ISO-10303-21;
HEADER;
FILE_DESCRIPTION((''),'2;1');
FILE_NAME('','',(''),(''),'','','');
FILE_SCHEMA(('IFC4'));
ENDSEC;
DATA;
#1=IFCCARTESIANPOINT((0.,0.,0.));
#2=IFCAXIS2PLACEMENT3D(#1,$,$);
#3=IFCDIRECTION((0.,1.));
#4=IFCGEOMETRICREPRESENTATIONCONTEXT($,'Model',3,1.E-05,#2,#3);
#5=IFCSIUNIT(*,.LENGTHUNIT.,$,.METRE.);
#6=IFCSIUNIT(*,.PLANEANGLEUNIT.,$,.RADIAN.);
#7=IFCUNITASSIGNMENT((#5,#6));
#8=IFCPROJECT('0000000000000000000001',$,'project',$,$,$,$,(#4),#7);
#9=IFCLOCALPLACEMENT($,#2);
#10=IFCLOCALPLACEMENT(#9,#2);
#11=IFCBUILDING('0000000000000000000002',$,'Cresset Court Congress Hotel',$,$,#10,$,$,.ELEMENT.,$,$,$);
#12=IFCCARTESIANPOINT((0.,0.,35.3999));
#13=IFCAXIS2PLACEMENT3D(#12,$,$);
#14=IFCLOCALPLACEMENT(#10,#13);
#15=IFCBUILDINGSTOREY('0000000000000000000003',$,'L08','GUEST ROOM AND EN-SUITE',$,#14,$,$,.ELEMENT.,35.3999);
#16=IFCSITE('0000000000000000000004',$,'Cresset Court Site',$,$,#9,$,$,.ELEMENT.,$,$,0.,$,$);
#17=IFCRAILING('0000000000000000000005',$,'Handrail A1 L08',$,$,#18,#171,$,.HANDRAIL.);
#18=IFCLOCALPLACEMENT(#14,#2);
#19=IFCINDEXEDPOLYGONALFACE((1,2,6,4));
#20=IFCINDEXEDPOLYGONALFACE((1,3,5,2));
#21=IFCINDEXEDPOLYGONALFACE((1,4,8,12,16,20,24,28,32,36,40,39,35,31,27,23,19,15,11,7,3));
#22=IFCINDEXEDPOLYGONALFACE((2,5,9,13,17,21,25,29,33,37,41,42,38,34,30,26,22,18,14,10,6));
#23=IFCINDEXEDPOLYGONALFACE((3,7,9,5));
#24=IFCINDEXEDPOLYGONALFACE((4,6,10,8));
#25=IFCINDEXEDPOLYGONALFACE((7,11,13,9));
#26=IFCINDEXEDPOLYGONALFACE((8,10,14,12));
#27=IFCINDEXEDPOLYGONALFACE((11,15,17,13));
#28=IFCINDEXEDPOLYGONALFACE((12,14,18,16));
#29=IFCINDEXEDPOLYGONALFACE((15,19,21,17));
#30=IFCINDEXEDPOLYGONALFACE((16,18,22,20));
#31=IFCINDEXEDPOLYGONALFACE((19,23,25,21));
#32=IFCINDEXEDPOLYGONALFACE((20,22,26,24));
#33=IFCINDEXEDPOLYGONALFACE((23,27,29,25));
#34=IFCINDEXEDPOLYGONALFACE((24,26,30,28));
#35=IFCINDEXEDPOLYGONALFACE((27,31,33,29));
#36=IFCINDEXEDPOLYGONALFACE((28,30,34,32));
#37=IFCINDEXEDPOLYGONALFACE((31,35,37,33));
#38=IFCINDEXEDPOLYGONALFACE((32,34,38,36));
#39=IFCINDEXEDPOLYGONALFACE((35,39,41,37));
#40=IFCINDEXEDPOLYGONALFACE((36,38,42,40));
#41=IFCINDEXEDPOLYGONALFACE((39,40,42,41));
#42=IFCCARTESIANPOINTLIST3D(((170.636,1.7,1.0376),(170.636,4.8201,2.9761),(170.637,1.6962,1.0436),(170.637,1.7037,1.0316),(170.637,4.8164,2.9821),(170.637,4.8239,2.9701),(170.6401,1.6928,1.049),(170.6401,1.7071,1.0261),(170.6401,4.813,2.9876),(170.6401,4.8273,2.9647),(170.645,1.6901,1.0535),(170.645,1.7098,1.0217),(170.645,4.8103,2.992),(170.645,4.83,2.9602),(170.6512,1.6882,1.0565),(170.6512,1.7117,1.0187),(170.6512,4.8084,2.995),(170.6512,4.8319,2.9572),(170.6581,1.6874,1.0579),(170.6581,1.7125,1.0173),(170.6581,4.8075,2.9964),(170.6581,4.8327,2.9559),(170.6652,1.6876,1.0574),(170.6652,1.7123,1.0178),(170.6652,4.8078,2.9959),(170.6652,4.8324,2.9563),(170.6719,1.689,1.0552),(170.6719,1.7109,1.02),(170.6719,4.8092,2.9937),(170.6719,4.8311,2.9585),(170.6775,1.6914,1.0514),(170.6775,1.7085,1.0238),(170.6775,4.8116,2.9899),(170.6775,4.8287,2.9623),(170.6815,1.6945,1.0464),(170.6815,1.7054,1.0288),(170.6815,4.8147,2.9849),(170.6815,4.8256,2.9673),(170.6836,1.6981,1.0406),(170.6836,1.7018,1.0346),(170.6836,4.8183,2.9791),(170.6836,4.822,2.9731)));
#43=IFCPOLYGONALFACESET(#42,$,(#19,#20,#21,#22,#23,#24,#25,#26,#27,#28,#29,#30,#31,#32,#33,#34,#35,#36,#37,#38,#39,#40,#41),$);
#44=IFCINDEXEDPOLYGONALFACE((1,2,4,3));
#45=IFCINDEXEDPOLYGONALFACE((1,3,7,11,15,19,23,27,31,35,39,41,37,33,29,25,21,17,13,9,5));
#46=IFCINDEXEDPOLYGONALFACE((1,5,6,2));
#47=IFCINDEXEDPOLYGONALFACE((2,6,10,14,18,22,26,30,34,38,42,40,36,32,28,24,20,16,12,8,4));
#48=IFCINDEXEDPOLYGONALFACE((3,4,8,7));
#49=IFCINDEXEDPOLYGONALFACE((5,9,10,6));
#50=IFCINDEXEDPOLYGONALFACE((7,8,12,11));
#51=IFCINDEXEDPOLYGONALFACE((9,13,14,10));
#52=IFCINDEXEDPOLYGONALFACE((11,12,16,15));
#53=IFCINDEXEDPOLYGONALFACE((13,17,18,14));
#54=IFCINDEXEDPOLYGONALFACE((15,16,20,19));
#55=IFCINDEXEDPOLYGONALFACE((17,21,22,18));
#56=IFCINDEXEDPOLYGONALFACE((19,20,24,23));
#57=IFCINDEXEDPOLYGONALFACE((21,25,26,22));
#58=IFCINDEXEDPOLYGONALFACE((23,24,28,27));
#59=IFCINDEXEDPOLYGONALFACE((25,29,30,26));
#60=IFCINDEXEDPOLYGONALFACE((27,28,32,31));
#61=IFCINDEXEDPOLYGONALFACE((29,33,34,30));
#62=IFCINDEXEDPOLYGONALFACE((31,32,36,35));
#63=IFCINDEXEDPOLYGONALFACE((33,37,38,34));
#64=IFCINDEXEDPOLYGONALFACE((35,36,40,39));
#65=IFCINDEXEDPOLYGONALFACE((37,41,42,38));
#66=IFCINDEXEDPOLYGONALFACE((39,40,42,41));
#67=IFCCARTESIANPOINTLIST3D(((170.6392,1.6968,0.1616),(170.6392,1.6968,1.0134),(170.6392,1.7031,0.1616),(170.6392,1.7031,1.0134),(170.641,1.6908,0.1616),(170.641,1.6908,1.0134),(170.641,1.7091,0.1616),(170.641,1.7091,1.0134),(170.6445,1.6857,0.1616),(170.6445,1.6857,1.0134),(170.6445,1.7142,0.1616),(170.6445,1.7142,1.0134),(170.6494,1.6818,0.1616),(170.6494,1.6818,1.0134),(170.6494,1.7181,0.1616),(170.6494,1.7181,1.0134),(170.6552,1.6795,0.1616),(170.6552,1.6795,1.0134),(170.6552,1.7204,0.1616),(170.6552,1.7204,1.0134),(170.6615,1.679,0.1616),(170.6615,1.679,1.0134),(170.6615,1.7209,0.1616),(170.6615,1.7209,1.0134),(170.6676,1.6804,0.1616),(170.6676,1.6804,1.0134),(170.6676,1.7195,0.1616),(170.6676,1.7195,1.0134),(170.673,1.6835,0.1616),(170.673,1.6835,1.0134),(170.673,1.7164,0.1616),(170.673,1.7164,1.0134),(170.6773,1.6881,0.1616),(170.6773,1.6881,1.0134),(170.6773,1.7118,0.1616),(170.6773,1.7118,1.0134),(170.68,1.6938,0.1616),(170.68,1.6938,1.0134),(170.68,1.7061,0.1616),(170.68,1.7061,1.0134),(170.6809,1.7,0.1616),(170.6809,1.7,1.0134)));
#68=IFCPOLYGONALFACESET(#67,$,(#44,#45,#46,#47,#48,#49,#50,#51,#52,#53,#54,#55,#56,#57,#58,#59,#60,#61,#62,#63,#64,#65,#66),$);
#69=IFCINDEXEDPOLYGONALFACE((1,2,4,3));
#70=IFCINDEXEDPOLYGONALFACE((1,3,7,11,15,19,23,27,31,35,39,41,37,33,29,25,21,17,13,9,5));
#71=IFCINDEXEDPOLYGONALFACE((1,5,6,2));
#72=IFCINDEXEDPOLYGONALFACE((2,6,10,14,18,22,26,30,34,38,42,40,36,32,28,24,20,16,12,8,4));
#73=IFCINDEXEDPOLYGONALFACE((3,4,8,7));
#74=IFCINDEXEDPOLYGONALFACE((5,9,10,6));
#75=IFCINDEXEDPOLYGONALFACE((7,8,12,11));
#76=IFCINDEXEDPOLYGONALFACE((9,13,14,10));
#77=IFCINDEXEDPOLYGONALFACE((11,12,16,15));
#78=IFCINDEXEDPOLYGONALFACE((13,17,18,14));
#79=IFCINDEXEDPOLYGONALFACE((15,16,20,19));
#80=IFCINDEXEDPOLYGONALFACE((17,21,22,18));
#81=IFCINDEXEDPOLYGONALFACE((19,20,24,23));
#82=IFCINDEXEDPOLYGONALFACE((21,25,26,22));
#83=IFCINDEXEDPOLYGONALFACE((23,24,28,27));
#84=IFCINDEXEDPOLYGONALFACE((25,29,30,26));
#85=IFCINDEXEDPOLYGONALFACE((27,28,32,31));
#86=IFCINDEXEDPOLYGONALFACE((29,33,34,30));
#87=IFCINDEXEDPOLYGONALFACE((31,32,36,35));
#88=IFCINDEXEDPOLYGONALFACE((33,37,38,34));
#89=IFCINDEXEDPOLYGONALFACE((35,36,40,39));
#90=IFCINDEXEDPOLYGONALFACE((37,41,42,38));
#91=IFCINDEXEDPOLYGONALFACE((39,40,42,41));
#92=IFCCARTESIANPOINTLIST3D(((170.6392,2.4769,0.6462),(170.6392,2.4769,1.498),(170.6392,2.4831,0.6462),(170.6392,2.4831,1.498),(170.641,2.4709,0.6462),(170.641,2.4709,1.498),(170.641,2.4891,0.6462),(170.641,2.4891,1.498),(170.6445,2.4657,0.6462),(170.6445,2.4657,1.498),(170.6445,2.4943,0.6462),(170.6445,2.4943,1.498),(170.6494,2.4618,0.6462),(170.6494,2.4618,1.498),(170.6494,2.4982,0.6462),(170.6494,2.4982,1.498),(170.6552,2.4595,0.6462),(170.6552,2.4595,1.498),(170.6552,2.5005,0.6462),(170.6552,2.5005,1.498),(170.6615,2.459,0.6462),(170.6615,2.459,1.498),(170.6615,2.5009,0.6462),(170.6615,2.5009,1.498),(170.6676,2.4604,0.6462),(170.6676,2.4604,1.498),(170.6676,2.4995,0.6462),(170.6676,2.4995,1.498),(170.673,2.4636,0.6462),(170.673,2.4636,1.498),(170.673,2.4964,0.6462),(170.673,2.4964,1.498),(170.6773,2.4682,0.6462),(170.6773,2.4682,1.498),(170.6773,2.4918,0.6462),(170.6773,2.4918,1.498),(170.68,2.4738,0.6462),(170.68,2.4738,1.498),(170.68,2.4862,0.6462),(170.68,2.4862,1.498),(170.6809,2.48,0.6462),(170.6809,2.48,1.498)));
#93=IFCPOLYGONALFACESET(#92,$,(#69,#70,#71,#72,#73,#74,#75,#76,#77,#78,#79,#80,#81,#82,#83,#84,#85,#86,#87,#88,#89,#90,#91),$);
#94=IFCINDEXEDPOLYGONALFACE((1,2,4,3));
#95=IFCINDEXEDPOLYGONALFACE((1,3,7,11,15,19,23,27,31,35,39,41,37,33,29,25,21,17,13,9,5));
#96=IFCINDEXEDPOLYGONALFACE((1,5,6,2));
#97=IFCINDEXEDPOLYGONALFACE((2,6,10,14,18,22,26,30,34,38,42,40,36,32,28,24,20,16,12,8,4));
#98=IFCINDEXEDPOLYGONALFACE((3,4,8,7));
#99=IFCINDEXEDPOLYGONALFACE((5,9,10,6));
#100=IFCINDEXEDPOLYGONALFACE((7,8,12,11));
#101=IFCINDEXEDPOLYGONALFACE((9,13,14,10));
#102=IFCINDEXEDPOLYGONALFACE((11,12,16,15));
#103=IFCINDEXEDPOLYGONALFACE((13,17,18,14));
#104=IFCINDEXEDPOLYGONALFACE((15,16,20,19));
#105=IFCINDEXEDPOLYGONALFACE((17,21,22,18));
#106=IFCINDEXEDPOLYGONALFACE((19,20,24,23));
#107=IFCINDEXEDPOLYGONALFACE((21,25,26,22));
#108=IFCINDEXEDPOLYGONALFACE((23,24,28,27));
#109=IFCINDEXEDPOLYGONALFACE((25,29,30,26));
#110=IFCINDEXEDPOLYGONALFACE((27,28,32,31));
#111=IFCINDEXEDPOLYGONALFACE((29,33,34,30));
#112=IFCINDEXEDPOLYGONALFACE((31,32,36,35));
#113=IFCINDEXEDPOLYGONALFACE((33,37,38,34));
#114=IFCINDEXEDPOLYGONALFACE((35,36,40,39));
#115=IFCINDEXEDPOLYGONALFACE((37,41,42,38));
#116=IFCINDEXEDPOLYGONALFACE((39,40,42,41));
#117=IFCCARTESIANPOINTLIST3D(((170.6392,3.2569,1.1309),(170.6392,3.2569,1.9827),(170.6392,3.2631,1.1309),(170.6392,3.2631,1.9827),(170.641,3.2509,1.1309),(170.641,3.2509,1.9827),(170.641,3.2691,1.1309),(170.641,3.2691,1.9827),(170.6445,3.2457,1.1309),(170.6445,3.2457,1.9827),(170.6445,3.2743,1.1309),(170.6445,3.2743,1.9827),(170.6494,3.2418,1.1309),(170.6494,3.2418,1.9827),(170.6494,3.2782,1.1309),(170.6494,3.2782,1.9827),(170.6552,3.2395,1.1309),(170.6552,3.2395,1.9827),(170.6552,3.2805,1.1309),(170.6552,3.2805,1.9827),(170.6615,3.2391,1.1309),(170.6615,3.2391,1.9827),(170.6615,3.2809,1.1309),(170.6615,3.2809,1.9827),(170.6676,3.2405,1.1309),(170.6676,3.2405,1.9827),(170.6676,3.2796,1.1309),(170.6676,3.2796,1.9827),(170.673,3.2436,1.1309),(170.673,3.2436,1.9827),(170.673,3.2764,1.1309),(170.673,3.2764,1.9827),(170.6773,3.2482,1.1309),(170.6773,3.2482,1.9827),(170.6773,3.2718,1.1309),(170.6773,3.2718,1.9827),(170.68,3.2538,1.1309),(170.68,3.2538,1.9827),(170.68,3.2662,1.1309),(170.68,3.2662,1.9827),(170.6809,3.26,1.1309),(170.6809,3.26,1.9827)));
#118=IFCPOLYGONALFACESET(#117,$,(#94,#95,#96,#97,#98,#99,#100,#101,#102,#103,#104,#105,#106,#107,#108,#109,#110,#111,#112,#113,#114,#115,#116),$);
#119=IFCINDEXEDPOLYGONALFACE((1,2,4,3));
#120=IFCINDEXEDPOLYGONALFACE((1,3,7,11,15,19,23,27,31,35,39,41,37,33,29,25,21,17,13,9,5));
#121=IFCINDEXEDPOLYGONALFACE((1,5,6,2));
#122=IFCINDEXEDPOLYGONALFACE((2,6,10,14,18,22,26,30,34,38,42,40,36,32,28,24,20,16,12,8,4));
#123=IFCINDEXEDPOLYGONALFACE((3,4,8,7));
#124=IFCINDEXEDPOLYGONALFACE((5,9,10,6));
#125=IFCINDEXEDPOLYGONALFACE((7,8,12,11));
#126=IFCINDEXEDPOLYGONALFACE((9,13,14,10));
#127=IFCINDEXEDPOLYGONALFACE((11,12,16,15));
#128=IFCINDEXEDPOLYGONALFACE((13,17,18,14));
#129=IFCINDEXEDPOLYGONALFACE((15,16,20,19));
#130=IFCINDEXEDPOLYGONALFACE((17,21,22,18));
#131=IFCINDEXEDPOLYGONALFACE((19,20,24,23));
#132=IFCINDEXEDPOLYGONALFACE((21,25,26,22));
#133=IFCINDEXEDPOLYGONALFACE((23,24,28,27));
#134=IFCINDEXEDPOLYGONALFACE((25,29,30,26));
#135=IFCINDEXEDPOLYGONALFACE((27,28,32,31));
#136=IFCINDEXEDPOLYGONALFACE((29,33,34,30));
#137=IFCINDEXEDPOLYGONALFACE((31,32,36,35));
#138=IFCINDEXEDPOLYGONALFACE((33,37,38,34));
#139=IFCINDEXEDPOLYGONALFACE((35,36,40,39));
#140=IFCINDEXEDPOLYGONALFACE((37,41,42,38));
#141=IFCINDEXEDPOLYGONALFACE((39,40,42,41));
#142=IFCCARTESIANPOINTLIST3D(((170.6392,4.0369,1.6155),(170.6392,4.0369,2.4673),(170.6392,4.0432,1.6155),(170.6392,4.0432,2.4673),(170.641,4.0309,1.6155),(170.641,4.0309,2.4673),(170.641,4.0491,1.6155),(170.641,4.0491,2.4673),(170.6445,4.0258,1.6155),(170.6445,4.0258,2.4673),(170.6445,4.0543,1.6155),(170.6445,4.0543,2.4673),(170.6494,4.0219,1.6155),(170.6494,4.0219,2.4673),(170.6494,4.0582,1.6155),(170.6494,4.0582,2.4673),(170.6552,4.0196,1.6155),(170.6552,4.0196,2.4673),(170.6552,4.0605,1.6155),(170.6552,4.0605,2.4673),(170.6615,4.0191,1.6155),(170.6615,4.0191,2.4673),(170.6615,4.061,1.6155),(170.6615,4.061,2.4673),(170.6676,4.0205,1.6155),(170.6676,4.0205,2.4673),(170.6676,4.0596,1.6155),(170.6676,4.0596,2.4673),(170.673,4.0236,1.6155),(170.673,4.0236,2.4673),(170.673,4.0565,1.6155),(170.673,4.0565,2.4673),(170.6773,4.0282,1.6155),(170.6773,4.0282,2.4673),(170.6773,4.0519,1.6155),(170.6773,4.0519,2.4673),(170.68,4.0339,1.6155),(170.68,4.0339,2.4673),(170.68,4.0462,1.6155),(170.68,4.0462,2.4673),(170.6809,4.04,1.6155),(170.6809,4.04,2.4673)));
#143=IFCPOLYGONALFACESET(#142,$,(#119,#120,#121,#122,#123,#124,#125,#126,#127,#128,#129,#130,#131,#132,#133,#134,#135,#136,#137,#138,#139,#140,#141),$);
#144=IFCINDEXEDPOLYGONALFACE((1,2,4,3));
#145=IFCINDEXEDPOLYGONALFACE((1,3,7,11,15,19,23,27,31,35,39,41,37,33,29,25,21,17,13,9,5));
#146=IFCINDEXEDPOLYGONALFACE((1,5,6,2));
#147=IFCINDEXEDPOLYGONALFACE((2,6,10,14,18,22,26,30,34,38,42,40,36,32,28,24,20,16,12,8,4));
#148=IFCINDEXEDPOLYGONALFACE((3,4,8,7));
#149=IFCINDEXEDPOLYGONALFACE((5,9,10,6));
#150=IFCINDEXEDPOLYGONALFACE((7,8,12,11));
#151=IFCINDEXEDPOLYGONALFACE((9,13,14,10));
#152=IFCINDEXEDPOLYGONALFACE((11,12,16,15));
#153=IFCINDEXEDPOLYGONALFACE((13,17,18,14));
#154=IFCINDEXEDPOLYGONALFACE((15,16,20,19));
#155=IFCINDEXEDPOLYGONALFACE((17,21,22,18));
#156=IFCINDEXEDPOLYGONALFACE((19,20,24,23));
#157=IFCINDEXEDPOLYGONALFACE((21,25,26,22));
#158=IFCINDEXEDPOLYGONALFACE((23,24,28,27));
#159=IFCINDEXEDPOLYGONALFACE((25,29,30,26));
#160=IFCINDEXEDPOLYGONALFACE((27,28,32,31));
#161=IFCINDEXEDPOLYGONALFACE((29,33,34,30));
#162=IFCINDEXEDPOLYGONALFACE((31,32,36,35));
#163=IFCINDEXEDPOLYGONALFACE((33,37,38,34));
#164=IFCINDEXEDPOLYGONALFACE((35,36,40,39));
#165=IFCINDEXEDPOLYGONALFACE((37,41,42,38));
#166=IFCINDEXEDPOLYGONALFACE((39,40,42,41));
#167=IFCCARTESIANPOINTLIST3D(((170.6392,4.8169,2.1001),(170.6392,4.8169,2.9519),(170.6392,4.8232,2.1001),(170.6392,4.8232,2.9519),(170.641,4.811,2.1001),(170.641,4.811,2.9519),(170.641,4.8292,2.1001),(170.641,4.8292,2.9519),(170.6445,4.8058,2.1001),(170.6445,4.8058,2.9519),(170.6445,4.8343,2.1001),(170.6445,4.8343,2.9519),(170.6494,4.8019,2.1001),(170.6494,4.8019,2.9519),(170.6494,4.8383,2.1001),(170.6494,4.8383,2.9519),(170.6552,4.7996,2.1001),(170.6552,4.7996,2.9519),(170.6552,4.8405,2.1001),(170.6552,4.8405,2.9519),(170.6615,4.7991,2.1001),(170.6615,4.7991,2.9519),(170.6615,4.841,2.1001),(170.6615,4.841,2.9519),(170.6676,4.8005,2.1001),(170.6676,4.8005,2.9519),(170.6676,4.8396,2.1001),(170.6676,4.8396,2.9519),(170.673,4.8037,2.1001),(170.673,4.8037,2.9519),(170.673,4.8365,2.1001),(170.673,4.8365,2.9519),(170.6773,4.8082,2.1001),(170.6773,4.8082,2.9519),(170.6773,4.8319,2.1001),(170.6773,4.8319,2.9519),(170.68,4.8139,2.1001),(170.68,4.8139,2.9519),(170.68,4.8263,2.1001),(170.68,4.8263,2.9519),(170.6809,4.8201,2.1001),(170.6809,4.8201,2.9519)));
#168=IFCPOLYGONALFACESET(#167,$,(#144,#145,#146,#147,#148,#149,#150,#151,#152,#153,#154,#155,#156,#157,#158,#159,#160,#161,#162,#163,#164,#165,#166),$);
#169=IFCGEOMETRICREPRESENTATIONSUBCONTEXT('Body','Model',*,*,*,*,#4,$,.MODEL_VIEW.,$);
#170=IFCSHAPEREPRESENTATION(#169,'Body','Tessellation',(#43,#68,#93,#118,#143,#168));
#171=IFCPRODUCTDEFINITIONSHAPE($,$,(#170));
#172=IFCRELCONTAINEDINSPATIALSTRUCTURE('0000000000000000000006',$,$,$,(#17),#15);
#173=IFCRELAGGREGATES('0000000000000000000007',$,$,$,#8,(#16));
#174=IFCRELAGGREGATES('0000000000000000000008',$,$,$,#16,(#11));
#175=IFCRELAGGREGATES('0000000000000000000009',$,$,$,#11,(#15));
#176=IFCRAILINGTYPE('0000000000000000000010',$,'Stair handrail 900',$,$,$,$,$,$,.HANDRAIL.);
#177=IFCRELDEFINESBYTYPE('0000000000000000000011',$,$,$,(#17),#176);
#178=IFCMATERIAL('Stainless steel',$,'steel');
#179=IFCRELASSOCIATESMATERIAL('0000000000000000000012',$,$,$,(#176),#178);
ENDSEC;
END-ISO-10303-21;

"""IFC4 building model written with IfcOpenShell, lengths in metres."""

from ifc_helpers import new_model, si_unit, direction, frame, origin, origin_2d, place, context, subcontext, project, spatial, circle, extrude, material, type_object, element, save


model = new_model("IFC4")

# Units and contexts
model_context = context("Model", 3, precision=1e-05, world=origin(), true_north=direction((0.0, 1.0)))
body_context = subcontext(model_context, "Body", "Model", "MODEL_VIEW")
ifc_project = project(units=[si_unit("LENGTHUNIT", "METRE"), si_unit("PLANEANGLEUNIT", "RADIAN")], contexts=[model_context])

# Site, building, storey
site_placement = place(None, origin())
site = spatial("IfcSite", under=ifc_project, at=site_placement, Name="Cresset Court Site", CompositionType="ELEMENT", RefElevation=0.0)
building_placement = place(site_placement, origin())
building = spatial("IfcBuilding", under=site, at=building_placement, Name="Cresset Court Congress Hotel", CompositionType="ELEMENT")
storey_placement = place(building_placement, frame((0.0, 0.0, 35.3999)))
storey = spatial("IfcBuildingStorey", under=building, at=storey_placement, Name="L08", Description="GUEST ROOM AND EN-SUITE", CompositionType="ELEMENT", Elevation=35.3999)

# Railing
ifc_material_1 = material(Name="Stainless steel", Category="steel")
railing_type = type_object("IfcRailingType", Name="Stair handrail 900", PredefinedType="HANDRAIL", material=ifc_material_1)
railing_placement = place(storey_placement, frame((170.6599, 1.7, 0.1616)))
element("IfcRailing", 1, at=railing_placement, inside=storey, type_object=railing_type, Name="Handrail A1 L08", PredefinedType="HANDRAIL", context=body_context, shape_type="SweptSolid", body=[
    extrude(circle(Radius=0.0239, at=origin_2d()), frame((0.0, 0.0, 0.876), z_axis=(0.0, 0.849414, 0.527727), x_axis=(-1.0, 0.0, 0.0)), (0.0, 0.0, 1.0), 3.6733),
    extrude(circle(Radius=0.021, at=origin_2d()), origin(), (0.0, 0.0, 1.0), 0.8518),
    extrude(circle(Radius=0.021, at=origin_2d()), frame((0.0, 0.78, 0.4846)), (0.0, 0.0, 1.0), 0.8518),
    extrude(circle(Radius=0.021, at=origin_2d()), frame((0.0, 1.5601, 0.9692)), (0.0, 0.0, 1.0), 0.8518),
    extrude(circle(Radius=0.021, at=origin_2d()), frame((0.0, 2.3401, 1.4539)), (0.0, 0.0, 1.0), 0.8518),
    extrude(circle(Radius=0.021, at=origin_2d()), frame((0.0, 3.1201, 1.9385)), (0.0, 0.0, 1.0), 0.8518),
])

save(model, "model.ifc")
